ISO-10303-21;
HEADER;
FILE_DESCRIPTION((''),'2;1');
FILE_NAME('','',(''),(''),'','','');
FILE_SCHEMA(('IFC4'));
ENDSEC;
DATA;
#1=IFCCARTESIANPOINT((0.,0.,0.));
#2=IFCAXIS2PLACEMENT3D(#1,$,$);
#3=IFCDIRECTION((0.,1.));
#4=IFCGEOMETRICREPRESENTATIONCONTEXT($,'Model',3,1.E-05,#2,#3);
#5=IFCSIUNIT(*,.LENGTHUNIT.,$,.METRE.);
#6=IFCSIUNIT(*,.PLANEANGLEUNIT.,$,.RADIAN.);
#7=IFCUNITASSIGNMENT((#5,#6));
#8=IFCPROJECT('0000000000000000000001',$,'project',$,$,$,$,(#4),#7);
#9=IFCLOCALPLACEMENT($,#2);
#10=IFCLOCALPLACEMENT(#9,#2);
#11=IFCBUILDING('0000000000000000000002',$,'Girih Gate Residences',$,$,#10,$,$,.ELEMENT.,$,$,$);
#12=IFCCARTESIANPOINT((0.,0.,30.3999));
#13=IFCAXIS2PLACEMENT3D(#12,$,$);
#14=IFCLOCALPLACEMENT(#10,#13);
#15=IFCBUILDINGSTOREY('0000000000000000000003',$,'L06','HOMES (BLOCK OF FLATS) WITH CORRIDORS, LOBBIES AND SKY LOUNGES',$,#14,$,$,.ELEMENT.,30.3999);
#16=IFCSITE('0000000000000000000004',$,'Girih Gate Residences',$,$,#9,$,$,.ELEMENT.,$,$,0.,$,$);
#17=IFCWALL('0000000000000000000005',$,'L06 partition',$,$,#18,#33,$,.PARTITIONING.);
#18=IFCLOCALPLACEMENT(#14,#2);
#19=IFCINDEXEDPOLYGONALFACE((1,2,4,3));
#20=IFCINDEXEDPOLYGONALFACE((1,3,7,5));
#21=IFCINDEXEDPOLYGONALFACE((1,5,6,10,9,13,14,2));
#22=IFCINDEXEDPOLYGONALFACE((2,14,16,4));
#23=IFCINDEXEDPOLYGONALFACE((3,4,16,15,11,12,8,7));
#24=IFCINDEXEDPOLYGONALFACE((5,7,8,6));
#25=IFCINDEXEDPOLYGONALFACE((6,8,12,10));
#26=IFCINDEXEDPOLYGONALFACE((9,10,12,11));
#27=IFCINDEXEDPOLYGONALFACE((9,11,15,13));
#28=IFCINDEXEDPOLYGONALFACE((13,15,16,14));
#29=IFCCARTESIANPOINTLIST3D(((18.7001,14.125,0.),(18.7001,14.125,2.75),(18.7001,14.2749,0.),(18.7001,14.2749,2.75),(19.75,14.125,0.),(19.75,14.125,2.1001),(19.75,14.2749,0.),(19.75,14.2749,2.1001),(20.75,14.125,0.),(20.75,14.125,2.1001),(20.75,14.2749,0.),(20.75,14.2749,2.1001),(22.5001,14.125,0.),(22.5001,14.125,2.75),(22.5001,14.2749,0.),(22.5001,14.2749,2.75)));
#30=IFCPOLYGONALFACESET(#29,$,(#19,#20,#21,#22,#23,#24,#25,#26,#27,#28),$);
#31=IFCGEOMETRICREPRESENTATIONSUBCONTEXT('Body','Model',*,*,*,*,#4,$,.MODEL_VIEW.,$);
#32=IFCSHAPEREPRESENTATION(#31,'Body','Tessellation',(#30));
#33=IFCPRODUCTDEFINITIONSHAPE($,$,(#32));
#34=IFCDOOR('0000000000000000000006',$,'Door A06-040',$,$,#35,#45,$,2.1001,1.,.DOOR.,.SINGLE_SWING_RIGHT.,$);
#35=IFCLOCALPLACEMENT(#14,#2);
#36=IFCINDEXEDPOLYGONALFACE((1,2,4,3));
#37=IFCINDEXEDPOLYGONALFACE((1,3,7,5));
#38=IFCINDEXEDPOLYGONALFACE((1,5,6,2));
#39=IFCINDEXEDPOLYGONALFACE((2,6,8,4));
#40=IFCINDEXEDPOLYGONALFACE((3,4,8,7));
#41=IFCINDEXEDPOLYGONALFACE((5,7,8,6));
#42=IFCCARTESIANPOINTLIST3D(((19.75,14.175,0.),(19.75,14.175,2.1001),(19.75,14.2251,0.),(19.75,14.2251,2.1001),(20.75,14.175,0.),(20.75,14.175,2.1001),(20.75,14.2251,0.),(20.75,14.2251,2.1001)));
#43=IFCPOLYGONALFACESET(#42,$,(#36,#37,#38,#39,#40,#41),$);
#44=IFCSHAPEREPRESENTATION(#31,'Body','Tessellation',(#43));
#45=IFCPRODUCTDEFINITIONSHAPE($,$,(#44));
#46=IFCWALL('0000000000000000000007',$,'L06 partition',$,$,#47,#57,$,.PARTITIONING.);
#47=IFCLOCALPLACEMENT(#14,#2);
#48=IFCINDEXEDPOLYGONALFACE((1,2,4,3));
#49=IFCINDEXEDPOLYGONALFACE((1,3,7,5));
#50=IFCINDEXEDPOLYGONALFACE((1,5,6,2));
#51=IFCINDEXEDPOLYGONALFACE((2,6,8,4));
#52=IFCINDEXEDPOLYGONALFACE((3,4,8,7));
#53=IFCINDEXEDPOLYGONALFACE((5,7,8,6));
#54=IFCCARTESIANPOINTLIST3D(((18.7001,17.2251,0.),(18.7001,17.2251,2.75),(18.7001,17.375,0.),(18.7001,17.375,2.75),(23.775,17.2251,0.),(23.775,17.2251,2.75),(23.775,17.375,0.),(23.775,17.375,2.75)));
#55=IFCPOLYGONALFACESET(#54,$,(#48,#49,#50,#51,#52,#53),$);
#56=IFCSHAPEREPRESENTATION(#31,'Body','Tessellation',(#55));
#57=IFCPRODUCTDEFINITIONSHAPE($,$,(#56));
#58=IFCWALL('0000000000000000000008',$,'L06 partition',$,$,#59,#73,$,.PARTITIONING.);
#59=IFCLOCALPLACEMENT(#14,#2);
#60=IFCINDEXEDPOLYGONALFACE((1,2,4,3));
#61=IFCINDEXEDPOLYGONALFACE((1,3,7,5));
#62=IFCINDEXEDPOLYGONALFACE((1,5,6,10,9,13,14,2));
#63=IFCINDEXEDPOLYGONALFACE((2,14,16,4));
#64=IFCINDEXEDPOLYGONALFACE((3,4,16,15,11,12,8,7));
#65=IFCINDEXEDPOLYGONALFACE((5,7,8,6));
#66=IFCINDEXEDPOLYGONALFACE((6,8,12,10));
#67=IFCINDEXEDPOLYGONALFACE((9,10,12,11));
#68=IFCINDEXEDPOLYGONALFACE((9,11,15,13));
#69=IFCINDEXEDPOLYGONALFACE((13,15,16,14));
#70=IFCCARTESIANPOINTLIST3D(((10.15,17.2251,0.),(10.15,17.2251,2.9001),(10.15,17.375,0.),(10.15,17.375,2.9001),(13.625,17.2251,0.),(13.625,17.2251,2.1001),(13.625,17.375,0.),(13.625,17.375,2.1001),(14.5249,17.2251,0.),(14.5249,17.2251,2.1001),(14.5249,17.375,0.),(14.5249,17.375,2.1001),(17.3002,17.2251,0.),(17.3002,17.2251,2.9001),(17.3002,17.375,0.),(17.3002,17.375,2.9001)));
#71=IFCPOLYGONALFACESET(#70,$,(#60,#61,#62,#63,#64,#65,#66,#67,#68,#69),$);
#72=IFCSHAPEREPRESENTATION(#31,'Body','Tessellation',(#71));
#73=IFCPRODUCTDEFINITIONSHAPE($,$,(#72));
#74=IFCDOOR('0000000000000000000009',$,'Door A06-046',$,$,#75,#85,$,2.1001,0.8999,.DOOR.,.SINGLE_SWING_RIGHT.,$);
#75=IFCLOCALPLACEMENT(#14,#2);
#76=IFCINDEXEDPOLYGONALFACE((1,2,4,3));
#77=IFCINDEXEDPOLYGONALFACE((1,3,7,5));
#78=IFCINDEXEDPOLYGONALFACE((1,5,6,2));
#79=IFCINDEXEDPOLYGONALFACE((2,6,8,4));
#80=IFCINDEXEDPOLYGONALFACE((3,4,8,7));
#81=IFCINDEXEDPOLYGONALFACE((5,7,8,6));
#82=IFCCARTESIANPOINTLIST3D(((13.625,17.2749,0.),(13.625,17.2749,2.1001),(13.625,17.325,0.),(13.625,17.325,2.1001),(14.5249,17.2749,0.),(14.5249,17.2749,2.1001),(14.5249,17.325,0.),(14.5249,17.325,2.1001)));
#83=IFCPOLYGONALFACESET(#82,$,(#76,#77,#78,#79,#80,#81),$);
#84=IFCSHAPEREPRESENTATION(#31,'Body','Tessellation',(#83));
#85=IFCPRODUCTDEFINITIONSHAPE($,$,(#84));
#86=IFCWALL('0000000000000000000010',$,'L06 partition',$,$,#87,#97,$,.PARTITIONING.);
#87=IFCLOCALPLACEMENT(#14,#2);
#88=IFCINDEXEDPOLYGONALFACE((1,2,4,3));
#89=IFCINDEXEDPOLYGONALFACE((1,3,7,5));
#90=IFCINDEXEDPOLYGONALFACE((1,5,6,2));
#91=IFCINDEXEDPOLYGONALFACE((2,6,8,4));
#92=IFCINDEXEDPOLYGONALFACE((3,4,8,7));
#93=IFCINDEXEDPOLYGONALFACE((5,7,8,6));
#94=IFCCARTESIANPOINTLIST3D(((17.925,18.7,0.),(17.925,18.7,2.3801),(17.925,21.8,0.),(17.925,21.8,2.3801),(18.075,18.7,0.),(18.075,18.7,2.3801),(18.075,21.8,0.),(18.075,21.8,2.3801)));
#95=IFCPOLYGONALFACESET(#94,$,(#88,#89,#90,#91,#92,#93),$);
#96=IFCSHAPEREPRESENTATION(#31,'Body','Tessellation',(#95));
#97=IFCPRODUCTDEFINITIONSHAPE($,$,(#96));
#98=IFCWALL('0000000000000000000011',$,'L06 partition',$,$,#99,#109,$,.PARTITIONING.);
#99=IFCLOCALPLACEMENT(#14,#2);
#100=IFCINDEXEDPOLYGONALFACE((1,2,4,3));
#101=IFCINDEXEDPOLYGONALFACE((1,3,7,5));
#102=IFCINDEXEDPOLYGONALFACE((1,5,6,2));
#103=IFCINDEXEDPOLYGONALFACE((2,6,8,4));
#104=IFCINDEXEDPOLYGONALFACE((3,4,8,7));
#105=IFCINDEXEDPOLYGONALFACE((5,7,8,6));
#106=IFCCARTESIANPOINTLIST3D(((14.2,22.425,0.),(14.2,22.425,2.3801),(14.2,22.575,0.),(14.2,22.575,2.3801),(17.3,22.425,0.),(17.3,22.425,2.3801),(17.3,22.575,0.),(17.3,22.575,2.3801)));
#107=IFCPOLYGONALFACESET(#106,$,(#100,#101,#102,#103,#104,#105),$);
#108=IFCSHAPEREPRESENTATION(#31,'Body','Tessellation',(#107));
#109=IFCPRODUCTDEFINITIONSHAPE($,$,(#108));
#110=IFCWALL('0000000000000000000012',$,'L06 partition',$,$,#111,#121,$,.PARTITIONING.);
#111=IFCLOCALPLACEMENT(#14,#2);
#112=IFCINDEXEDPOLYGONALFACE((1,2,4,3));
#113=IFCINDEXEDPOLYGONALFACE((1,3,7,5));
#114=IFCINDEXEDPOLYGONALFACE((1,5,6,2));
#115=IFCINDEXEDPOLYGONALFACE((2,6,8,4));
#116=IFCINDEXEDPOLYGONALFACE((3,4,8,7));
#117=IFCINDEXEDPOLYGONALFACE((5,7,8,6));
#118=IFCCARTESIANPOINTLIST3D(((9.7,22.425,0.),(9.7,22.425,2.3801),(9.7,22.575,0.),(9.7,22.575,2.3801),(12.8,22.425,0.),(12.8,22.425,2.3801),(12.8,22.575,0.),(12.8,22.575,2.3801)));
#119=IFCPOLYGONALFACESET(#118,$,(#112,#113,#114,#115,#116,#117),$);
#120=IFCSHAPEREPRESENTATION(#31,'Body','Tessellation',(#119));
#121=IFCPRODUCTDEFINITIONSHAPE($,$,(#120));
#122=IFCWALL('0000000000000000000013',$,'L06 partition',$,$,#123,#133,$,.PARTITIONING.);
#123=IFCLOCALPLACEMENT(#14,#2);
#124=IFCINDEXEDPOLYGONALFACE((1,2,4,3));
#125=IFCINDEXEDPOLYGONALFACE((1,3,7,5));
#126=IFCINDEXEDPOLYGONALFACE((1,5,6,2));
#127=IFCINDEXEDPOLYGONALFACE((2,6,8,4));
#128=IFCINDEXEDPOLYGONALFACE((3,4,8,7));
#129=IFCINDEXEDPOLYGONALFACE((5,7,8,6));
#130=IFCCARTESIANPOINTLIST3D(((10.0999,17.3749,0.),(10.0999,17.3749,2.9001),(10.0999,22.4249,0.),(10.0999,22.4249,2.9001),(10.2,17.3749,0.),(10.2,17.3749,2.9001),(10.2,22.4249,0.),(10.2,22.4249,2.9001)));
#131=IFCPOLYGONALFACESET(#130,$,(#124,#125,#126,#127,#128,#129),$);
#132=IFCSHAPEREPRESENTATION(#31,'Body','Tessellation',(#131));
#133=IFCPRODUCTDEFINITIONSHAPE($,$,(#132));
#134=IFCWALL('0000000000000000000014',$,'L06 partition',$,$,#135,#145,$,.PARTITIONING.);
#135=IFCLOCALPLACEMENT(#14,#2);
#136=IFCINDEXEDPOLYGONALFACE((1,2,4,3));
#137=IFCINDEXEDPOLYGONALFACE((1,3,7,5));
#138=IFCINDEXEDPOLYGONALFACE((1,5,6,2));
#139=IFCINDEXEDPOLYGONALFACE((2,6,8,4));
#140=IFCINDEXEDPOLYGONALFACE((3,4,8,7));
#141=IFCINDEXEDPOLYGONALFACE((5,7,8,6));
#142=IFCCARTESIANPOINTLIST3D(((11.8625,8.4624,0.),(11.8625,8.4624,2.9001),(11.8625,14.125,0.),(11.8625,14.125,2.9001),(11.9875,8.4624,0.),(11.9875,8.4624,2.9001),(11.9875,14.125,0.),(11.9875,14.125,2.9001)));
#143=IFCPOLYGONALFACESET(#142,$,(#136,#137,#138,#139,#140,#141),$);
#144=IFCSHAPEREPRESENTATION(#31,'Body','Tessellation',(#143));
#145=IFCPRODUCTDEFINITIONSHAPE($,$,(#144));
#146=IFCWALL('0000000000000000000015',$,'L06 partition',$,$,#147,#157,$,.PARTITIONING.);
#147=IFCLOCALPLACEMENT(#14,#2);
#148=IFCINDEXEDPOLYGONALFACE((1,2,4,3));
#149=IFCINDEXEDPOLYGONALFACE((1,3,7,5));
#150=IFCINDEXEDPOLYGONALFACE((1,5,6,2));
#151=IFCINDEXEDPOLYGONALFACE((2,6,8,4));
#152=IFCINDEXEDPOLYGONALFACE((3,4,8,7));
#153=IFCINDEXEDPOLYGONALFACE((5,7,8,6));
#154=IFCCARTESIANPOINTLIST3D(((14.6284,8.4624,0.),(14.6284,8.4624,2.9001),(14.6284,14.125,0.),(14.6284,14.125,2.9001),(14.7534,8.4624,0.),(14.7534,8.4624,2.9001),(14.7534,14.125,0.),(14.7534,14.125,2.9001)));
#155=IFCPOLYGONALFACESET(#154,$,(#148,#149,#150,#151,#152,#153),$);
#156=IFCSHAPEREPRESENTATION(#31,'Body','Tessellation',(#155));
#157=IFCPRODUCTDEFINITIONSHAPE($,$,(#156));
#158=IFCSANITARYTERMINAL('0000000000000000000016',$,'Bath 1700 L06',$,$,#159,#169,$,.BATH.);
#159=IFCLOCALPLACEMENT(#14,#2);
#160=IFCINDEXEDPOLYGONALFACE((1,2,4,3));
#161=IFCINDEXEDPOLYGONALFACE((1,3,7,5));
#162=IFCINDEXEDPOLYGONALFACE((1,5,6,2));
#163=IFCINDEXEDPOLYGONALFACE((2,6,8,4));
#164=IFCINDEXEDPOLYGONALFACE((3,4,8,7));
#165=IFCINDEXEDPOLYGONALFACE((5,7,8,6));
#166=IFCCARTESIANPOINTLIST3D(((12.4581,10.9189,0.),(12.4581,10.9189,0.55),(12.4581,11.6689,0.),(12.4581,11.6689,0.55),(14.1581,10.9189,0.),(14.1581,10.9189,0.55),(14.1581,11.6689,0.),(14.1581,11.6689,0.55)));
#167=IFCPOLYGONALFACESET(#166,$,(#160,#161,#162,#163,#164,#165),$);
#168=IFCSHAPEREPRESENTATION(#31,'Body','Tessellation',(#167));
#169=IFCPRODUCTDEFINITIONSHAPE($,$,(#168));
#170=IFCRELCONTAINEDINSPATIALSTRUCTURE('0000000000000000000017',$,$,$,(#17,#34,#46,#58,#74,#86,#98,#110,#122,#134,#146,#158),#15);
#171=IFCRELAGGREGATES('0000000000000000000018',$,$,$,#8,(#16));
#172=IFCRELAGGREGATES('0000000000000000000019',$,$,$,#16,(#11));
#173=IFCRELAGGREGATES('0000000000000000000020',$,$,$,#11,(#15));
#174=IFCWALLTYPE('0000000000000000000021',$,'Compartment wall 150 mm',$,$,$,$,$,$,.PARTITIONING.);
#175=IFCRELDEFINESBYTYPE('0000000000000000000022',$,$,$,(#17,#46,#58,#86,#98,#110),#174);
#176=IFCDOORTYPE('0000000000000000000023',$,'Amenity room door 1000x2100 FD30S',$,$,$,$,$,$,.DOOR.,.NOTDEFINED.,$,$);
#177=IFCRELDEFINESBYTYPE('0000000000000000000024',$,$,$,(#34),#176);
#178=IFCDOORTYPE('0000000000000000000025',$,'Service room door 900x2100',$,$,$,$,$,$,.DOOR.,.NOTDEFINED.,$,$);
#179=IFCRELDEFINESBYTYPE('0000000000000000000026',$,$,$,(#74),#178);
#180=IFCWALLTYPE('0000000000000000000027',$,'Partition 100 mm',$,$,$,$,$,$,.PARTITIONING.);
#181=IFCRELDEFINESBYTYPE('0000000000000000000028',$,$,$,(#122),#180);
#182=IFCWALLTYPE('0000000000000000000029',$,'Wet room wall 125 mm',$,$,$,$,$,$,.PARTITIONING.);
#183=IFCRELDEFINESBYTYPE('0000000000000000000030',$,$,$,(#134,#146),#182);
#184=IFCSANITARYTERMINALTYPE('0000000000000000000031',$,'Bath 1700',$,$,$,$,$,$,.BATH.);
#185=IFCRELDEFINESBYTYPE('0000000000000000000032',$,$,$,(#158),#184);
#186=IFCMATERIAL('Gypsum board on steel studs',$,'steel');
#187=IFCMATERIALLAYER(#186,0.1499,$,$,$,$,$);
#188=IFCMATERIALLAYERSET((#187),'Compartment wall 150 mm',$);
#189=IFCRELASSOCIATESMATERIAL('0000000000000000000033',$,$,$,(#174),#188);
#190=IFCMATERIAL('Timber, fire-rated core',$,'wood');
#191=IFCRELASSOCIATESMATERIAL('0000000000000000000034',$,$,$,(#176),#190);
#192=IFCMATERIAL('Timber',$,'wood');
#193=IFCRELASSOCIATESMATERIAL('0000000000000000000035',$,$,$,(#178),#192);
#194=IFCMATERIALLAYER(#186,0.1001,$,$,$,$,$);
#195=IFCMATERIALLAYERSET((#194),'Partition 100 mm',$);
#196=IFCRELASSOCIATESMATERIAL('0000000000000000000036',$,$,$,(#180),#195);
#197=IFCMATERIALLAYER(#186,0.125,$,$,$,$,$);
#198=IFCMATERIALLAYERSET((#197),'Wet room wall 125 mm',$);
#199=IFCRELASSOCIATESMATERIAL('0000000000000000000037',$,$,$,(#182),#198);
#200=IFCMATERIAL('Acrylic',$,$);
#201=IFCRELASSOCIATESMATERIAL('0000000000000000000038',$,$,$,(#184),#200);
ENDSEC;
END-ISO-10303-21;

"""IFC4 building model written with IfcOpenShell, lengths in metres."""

from ifc_helpers import new_model, si_unit, direction, frame, frame_2d, origin, origin_2d, place, context, subcontext, project, spatial, rectangle, extrude, material, layer, layer_set, type_object, element, fill, save


model = new_model("IFC4")

# Units and contexts
model_context = context("Model", 3, precision=1e-05, world=origin(), true_north=direction((0.0, 1.0)))
body_context = subcontext(model_context, "Body", "Model", "MODEL_VIEW")
ifc_project = project(units=[si_unit("LENGTHUNIT", "METRE"), si_unit("PLANEANGLEUNIT", "RADIAN")], contexts=[model_context])

# Site, building, storey
site_placement = place(None, origin())
site = spatial("IfcSite", under=ifc_project, at=site_placement, Name="Girih Gate Residences", CompositionType="ELEMENT", RefElevation=0.0)
building_placement = place(site_placement, origin())
building = spatial("IfcBuilding", under=site, at=building_placement, Name="Girih Gate Residences", CompositionType="ELEMENT")
storey_placement = place(building_placement, frame((0.0, 0.0, 30.3999)))
storey = spatial("IfcBuildingStorey", under=building, at=storey_placement, Name="L06", Description="HOMES (BLOCK OF FLATS) WITH CORRIDORS, LOBBIES AND SKY LOUNGES", CompositionType="ELEMENT", Elevation=30.3999)

# Shared definitions
ifc_material_1 = material(Name="Gypsum board on steel studs", Category="steel")
ifc_layer_1 = layer(ifc_material_1, 0.1499)
ifc_layer_set_1 = layer_set([ifc_layer_1], Name="Compartment wall 150 mm")
wall_type_1 = type_object("IfcWallType", Name="Compartment wall 150 mm", PredefinedType="PARTITIONING", material=ifc_layer_set_1)

# Wall, opening, door
ifc_material_2 = material(Name="Timber, fire-rated core", Category="wood")
wall_1_placement = place(storey_placement, frame((22.5, 14.2, 0.0), z_axis=(0.0, 0.0, 1.0), x_axis=(-1.0, 0.0, 0.0)))
wall_1 = element("IfcWall", 1, at=wall_1_placement, inside=storey, type_object=wall_type_1, Name="L06 partition", PredefinedType="PARTITIONING", context=body_context, shape_type="SweptSolid", body=[
    extrude(rectangle(XDim=3.8, YDim=0.1499, at=frame_2d((1.8999, 0.0))), origin(), (0.0, 0.0, 1.0), 2.75),
])
opening_1_placement = place(wall_1_placement, frame((1.75, 0.0, 0.0)))
opening_1 = element("IfcOpeningElement", 2, at=opening_1_placement, cuts=wall_1, PredefinedType="OPENING", context=body_context, shape_type="SweptSolid", body=[
    extrude(rectangle(XDim=1.0, YDim=2.1001, at=frame_2d((0.5, 1.05))), frame((0.0, 0.085, 0.0), z_axis=(0.0, -1.0, 0.0), x_axis=(1.0, 0.0, 0.0)), (0.0, 0.0, 1.0), 0.1699),
])
door_type_1 = type_object("IfcDoorType", Name="Amenity room door 1000x2100 FD30S", OperationType="NOTDEFINED", PredefinedType="DOOR", material=ifc_material_2)
door_1_placement = place(opening_1_placement, origin())
door_1 = element("IfcDoor", 3, at=door_1_placement, inside=storey, type_object=door_type_1, Name="Door A06-040", OperationType="SINGLE_SWING_RIGHT", OverallHeight=2.1001, OverallWidth=1.0, PredefinedType="DOOR", context=body_context, shape_type="SweptSolid", body=[
    extrude(rectangle(XDim=1.0, YDim=2.1001, at=frame_2d((0.5, 1.05))), frame((0.0, 0.0249, 0.0), z_axis=(0.0, -1.0, 0.0), x_axis=(1.0, 0.0, 0.0)), (0.0, 0.0, 1.0), 0.05),
])
fill(opening_1, door_1)

# Wall
wall_2_placement = place(storey_placement, frame((18.7, 17.3, 0.0), z_axis=(0.0, 0.0, 1.0), x_axis=(1.0, 0.0, 0.0)))
element("IfcWall", 4, at=wall_2_placement, inside=storey, type_object=wall_type_1, Name="L06 partition", PredefinedType="PARTITIONING", context=body_context, shape_type="SweptSolid", body=[
    extrude(rectangle(XDim=5.075, YDim=0.1499, at=frame_2d((2.5376, 0.0))), origin(), (0.0, 0.0, 1.0), 2.75),
])

# Wall, opening, door
wall_3_placement = place(storey_placement, frame((10.1499, 17.3, 0.0), z_axis=(0.0, 0.0, 1.0), x_axis=(1.0, 0.0, 0.0)))
wall_3 = element("IfcWall", 5, at=wall_3_placement, inside=storey, type_object=wall_type_1, Name="L06 partition", PredefinedType="PARTITIONING", context=body_context, shape_type="SweptSolid", body=[
    extrude(rectangle(XDim=7.1501, YDim=0.1499, at=frame_2d((3.5752, 0.0))), origin(), (0.0, 0.0, 1.0), 2.9001),
])
opening_2_placement = place(wall_3_placement, frame((3.4751, 0.0, 0.0)))
opening_2 = element("IfcOpeningElement", 6, at=opening_2_placement, cuts=wall_3, PredefinedType="OPENING", context=body_context, shape_type="SweptSolid", body=[
    extrude(rectangle(XDim=0.8999, YDim=2.1001, at=frame_2d((0.45, 1.05))), frame((0.0, 0.085, 0.0), z_axis=(0.0, -1.0, 0.0), x_axis=(1.0, 0.0, 0.0)), (0.0, 0.0, 1.0), 0.1699),
])
ifc_material_3 = material(Name="Timber", Category="wood")
door_type_2 = type_object("IfcDoorType", Name="Service room door 900x2100", OperationType="NOTDEFINED", PredefinedType="DOOR", material=ifc_material_3)
door_2_placement = place(opening_2_placement, origin())
door_2 = element("IfcDoor", 7, at=door_2_placement, inside=storey, type_object=door_type_2, Name="Door A06-046", OperationType="SINGLE_SWING_RIGHT", OverallHeight=2.1001, OverallWidth=0.8999, PredefinedType="DOOR", context=body_context, shape_type="SweptSolid", body=[
    extrude(rectangle(XDim=0.8999, YDim=2.1001, at=frame_2d((0.45, 1.05))), frame((0.0, 0.0249, 0.0), z_axis=(0.0, -1.0, 0.0), x_axis=(1.0, 0.0, 0.0)), (0.0, 0.0, 1.0), 0.05),
])
fill(opening_2, door_2)

# Walls
for number, where, z_axis, x_axis, name in (
    (8, (18.0, 18.7, 0.0), (0.0, 0.0, 1.0), (0.0, 1.0, 0.0), "L06 partition"),
    (9, (14.2, 22.5, 0.0), (0.0, 0.0, 1.0), (1.0, 0.0, 0.0), "L06 partition"),
    (10, (9.7, 22.5, 0.0), (0.0, 0.0, 1.0), (1.0, 0.0, 0.0), "L06 partition"),
):
    element("IfcWall", number, at=place(storey_placement, frame(where, z_axis=z_axis, x_axis=x_axis)), inside=storey, type_object=wall_type_1, Name=name, PredefinedType="PARTITIONING", context=body_context, shape_type="SweptSolid", body=[
        extrude(rectangle(XDim=3.1001, YDim=0.1499, at=frame_2d((1.55, 0.0))), origin(), (0.0, 0.0, 1.0), 2.3801),
    ])
ifc_layer_2 = layer(ifc_material_1, 0.1001)
ifc_layer_set_2 = layer_set([ifc_layer_2], Name="Partition 100 mm")
wall_type_2 = type_object("IfcWallType", Name="Partition 100 mm", PredefinedType="PARTITIONING", material=ifc_layer_set_2)
wall_4_placement = place(storey_placement, frame((10.1499, 17.375, 0.0), z_axis=(0.0, 0.0, 1.0), x_axis=(0.0, 1.0, 0.0)))
element("IfcWall", 11, at=wall_4_placement, inside=storey, type_object=wall_type_2, Name="L06 partition", PredefinedType="PARTITIONING", context=body_context, shape_type="SweptSolid", body=[
    extrude(rectangle(XDim=5.05, YDim=0.1001, at=frame_2d((2.5249, 0.0))), origin(), (0.0, 0.0, 1.0), 2.9001),
])
ifc_layer_3 = layer(ifc_material_1, 0.125)
ifc_layer_set_3 = layer_set([ifc_layer_3], Name="Wet room wall 125 mm")
wall_type_3 = type_object("IfcWallType", Name="Wet room wall 125 mm", PredefinedType="PARTITIONING", material=ifc_layer_set_3)
for number, where, z_axis, x_axis, name in (
    (12, (11.925, 8.4624, 0.0), (0.0, 0.0, 1.0), (0.0, 1.0, 0.0), "L06 partition"),
    (13, (14.6909, 8.4624, 0.0), (0.0, 0.0, 1.0), (0.0, 1.0, 0.0), "L06 partition"),
):
    element("IfcWall", number, at=place(storey_placement, frame(where, z_axis=z_axis, x_axis=x_axis)), inside=storey, type_object=wall_type_3, Name=name, PredefinedType="PARTITIONING", context=body_context, shape_type="SweptSolid", body=[
        extrude(rectangle(XDim=5.6626, YDim=0.125, at=frame_2d((2.8313, 0.0))), origin(), (0.0, 0.0, 1.0), 2.9001),
    ])

# Sanitary terminal
ifc_material_4 = material(Name="Acrylic")
sanitary_terminal_type = type_object("IfcSanitaryTerminalType", Name="Bath 1700", PredefinedType="BATH", material=ifc_material_4)
sanitary_terminal_placement = place(storey_placement, frame((13.3081, 11.2939, 0.0), z_axis=(0.0, 0.0, 1.0), x_axis=(1.0, 0.0, 0.0)))
element("IfcSanitaryTerminal", 14, at=sanitary_terminal_placement, inside=storey, type_object=sanitary_terminal_type, Name="Bath 1700 L06", PredefinedType="BATH", context=body_context, shape_type="SweptSolid", body=[
    extrude(rectangle(XDim=1.7, YDim=0.75, at=origin_2d()), origin(), (0.0, 0.0, 1.0), 0.55),
])

save(model, "model.ifc")
